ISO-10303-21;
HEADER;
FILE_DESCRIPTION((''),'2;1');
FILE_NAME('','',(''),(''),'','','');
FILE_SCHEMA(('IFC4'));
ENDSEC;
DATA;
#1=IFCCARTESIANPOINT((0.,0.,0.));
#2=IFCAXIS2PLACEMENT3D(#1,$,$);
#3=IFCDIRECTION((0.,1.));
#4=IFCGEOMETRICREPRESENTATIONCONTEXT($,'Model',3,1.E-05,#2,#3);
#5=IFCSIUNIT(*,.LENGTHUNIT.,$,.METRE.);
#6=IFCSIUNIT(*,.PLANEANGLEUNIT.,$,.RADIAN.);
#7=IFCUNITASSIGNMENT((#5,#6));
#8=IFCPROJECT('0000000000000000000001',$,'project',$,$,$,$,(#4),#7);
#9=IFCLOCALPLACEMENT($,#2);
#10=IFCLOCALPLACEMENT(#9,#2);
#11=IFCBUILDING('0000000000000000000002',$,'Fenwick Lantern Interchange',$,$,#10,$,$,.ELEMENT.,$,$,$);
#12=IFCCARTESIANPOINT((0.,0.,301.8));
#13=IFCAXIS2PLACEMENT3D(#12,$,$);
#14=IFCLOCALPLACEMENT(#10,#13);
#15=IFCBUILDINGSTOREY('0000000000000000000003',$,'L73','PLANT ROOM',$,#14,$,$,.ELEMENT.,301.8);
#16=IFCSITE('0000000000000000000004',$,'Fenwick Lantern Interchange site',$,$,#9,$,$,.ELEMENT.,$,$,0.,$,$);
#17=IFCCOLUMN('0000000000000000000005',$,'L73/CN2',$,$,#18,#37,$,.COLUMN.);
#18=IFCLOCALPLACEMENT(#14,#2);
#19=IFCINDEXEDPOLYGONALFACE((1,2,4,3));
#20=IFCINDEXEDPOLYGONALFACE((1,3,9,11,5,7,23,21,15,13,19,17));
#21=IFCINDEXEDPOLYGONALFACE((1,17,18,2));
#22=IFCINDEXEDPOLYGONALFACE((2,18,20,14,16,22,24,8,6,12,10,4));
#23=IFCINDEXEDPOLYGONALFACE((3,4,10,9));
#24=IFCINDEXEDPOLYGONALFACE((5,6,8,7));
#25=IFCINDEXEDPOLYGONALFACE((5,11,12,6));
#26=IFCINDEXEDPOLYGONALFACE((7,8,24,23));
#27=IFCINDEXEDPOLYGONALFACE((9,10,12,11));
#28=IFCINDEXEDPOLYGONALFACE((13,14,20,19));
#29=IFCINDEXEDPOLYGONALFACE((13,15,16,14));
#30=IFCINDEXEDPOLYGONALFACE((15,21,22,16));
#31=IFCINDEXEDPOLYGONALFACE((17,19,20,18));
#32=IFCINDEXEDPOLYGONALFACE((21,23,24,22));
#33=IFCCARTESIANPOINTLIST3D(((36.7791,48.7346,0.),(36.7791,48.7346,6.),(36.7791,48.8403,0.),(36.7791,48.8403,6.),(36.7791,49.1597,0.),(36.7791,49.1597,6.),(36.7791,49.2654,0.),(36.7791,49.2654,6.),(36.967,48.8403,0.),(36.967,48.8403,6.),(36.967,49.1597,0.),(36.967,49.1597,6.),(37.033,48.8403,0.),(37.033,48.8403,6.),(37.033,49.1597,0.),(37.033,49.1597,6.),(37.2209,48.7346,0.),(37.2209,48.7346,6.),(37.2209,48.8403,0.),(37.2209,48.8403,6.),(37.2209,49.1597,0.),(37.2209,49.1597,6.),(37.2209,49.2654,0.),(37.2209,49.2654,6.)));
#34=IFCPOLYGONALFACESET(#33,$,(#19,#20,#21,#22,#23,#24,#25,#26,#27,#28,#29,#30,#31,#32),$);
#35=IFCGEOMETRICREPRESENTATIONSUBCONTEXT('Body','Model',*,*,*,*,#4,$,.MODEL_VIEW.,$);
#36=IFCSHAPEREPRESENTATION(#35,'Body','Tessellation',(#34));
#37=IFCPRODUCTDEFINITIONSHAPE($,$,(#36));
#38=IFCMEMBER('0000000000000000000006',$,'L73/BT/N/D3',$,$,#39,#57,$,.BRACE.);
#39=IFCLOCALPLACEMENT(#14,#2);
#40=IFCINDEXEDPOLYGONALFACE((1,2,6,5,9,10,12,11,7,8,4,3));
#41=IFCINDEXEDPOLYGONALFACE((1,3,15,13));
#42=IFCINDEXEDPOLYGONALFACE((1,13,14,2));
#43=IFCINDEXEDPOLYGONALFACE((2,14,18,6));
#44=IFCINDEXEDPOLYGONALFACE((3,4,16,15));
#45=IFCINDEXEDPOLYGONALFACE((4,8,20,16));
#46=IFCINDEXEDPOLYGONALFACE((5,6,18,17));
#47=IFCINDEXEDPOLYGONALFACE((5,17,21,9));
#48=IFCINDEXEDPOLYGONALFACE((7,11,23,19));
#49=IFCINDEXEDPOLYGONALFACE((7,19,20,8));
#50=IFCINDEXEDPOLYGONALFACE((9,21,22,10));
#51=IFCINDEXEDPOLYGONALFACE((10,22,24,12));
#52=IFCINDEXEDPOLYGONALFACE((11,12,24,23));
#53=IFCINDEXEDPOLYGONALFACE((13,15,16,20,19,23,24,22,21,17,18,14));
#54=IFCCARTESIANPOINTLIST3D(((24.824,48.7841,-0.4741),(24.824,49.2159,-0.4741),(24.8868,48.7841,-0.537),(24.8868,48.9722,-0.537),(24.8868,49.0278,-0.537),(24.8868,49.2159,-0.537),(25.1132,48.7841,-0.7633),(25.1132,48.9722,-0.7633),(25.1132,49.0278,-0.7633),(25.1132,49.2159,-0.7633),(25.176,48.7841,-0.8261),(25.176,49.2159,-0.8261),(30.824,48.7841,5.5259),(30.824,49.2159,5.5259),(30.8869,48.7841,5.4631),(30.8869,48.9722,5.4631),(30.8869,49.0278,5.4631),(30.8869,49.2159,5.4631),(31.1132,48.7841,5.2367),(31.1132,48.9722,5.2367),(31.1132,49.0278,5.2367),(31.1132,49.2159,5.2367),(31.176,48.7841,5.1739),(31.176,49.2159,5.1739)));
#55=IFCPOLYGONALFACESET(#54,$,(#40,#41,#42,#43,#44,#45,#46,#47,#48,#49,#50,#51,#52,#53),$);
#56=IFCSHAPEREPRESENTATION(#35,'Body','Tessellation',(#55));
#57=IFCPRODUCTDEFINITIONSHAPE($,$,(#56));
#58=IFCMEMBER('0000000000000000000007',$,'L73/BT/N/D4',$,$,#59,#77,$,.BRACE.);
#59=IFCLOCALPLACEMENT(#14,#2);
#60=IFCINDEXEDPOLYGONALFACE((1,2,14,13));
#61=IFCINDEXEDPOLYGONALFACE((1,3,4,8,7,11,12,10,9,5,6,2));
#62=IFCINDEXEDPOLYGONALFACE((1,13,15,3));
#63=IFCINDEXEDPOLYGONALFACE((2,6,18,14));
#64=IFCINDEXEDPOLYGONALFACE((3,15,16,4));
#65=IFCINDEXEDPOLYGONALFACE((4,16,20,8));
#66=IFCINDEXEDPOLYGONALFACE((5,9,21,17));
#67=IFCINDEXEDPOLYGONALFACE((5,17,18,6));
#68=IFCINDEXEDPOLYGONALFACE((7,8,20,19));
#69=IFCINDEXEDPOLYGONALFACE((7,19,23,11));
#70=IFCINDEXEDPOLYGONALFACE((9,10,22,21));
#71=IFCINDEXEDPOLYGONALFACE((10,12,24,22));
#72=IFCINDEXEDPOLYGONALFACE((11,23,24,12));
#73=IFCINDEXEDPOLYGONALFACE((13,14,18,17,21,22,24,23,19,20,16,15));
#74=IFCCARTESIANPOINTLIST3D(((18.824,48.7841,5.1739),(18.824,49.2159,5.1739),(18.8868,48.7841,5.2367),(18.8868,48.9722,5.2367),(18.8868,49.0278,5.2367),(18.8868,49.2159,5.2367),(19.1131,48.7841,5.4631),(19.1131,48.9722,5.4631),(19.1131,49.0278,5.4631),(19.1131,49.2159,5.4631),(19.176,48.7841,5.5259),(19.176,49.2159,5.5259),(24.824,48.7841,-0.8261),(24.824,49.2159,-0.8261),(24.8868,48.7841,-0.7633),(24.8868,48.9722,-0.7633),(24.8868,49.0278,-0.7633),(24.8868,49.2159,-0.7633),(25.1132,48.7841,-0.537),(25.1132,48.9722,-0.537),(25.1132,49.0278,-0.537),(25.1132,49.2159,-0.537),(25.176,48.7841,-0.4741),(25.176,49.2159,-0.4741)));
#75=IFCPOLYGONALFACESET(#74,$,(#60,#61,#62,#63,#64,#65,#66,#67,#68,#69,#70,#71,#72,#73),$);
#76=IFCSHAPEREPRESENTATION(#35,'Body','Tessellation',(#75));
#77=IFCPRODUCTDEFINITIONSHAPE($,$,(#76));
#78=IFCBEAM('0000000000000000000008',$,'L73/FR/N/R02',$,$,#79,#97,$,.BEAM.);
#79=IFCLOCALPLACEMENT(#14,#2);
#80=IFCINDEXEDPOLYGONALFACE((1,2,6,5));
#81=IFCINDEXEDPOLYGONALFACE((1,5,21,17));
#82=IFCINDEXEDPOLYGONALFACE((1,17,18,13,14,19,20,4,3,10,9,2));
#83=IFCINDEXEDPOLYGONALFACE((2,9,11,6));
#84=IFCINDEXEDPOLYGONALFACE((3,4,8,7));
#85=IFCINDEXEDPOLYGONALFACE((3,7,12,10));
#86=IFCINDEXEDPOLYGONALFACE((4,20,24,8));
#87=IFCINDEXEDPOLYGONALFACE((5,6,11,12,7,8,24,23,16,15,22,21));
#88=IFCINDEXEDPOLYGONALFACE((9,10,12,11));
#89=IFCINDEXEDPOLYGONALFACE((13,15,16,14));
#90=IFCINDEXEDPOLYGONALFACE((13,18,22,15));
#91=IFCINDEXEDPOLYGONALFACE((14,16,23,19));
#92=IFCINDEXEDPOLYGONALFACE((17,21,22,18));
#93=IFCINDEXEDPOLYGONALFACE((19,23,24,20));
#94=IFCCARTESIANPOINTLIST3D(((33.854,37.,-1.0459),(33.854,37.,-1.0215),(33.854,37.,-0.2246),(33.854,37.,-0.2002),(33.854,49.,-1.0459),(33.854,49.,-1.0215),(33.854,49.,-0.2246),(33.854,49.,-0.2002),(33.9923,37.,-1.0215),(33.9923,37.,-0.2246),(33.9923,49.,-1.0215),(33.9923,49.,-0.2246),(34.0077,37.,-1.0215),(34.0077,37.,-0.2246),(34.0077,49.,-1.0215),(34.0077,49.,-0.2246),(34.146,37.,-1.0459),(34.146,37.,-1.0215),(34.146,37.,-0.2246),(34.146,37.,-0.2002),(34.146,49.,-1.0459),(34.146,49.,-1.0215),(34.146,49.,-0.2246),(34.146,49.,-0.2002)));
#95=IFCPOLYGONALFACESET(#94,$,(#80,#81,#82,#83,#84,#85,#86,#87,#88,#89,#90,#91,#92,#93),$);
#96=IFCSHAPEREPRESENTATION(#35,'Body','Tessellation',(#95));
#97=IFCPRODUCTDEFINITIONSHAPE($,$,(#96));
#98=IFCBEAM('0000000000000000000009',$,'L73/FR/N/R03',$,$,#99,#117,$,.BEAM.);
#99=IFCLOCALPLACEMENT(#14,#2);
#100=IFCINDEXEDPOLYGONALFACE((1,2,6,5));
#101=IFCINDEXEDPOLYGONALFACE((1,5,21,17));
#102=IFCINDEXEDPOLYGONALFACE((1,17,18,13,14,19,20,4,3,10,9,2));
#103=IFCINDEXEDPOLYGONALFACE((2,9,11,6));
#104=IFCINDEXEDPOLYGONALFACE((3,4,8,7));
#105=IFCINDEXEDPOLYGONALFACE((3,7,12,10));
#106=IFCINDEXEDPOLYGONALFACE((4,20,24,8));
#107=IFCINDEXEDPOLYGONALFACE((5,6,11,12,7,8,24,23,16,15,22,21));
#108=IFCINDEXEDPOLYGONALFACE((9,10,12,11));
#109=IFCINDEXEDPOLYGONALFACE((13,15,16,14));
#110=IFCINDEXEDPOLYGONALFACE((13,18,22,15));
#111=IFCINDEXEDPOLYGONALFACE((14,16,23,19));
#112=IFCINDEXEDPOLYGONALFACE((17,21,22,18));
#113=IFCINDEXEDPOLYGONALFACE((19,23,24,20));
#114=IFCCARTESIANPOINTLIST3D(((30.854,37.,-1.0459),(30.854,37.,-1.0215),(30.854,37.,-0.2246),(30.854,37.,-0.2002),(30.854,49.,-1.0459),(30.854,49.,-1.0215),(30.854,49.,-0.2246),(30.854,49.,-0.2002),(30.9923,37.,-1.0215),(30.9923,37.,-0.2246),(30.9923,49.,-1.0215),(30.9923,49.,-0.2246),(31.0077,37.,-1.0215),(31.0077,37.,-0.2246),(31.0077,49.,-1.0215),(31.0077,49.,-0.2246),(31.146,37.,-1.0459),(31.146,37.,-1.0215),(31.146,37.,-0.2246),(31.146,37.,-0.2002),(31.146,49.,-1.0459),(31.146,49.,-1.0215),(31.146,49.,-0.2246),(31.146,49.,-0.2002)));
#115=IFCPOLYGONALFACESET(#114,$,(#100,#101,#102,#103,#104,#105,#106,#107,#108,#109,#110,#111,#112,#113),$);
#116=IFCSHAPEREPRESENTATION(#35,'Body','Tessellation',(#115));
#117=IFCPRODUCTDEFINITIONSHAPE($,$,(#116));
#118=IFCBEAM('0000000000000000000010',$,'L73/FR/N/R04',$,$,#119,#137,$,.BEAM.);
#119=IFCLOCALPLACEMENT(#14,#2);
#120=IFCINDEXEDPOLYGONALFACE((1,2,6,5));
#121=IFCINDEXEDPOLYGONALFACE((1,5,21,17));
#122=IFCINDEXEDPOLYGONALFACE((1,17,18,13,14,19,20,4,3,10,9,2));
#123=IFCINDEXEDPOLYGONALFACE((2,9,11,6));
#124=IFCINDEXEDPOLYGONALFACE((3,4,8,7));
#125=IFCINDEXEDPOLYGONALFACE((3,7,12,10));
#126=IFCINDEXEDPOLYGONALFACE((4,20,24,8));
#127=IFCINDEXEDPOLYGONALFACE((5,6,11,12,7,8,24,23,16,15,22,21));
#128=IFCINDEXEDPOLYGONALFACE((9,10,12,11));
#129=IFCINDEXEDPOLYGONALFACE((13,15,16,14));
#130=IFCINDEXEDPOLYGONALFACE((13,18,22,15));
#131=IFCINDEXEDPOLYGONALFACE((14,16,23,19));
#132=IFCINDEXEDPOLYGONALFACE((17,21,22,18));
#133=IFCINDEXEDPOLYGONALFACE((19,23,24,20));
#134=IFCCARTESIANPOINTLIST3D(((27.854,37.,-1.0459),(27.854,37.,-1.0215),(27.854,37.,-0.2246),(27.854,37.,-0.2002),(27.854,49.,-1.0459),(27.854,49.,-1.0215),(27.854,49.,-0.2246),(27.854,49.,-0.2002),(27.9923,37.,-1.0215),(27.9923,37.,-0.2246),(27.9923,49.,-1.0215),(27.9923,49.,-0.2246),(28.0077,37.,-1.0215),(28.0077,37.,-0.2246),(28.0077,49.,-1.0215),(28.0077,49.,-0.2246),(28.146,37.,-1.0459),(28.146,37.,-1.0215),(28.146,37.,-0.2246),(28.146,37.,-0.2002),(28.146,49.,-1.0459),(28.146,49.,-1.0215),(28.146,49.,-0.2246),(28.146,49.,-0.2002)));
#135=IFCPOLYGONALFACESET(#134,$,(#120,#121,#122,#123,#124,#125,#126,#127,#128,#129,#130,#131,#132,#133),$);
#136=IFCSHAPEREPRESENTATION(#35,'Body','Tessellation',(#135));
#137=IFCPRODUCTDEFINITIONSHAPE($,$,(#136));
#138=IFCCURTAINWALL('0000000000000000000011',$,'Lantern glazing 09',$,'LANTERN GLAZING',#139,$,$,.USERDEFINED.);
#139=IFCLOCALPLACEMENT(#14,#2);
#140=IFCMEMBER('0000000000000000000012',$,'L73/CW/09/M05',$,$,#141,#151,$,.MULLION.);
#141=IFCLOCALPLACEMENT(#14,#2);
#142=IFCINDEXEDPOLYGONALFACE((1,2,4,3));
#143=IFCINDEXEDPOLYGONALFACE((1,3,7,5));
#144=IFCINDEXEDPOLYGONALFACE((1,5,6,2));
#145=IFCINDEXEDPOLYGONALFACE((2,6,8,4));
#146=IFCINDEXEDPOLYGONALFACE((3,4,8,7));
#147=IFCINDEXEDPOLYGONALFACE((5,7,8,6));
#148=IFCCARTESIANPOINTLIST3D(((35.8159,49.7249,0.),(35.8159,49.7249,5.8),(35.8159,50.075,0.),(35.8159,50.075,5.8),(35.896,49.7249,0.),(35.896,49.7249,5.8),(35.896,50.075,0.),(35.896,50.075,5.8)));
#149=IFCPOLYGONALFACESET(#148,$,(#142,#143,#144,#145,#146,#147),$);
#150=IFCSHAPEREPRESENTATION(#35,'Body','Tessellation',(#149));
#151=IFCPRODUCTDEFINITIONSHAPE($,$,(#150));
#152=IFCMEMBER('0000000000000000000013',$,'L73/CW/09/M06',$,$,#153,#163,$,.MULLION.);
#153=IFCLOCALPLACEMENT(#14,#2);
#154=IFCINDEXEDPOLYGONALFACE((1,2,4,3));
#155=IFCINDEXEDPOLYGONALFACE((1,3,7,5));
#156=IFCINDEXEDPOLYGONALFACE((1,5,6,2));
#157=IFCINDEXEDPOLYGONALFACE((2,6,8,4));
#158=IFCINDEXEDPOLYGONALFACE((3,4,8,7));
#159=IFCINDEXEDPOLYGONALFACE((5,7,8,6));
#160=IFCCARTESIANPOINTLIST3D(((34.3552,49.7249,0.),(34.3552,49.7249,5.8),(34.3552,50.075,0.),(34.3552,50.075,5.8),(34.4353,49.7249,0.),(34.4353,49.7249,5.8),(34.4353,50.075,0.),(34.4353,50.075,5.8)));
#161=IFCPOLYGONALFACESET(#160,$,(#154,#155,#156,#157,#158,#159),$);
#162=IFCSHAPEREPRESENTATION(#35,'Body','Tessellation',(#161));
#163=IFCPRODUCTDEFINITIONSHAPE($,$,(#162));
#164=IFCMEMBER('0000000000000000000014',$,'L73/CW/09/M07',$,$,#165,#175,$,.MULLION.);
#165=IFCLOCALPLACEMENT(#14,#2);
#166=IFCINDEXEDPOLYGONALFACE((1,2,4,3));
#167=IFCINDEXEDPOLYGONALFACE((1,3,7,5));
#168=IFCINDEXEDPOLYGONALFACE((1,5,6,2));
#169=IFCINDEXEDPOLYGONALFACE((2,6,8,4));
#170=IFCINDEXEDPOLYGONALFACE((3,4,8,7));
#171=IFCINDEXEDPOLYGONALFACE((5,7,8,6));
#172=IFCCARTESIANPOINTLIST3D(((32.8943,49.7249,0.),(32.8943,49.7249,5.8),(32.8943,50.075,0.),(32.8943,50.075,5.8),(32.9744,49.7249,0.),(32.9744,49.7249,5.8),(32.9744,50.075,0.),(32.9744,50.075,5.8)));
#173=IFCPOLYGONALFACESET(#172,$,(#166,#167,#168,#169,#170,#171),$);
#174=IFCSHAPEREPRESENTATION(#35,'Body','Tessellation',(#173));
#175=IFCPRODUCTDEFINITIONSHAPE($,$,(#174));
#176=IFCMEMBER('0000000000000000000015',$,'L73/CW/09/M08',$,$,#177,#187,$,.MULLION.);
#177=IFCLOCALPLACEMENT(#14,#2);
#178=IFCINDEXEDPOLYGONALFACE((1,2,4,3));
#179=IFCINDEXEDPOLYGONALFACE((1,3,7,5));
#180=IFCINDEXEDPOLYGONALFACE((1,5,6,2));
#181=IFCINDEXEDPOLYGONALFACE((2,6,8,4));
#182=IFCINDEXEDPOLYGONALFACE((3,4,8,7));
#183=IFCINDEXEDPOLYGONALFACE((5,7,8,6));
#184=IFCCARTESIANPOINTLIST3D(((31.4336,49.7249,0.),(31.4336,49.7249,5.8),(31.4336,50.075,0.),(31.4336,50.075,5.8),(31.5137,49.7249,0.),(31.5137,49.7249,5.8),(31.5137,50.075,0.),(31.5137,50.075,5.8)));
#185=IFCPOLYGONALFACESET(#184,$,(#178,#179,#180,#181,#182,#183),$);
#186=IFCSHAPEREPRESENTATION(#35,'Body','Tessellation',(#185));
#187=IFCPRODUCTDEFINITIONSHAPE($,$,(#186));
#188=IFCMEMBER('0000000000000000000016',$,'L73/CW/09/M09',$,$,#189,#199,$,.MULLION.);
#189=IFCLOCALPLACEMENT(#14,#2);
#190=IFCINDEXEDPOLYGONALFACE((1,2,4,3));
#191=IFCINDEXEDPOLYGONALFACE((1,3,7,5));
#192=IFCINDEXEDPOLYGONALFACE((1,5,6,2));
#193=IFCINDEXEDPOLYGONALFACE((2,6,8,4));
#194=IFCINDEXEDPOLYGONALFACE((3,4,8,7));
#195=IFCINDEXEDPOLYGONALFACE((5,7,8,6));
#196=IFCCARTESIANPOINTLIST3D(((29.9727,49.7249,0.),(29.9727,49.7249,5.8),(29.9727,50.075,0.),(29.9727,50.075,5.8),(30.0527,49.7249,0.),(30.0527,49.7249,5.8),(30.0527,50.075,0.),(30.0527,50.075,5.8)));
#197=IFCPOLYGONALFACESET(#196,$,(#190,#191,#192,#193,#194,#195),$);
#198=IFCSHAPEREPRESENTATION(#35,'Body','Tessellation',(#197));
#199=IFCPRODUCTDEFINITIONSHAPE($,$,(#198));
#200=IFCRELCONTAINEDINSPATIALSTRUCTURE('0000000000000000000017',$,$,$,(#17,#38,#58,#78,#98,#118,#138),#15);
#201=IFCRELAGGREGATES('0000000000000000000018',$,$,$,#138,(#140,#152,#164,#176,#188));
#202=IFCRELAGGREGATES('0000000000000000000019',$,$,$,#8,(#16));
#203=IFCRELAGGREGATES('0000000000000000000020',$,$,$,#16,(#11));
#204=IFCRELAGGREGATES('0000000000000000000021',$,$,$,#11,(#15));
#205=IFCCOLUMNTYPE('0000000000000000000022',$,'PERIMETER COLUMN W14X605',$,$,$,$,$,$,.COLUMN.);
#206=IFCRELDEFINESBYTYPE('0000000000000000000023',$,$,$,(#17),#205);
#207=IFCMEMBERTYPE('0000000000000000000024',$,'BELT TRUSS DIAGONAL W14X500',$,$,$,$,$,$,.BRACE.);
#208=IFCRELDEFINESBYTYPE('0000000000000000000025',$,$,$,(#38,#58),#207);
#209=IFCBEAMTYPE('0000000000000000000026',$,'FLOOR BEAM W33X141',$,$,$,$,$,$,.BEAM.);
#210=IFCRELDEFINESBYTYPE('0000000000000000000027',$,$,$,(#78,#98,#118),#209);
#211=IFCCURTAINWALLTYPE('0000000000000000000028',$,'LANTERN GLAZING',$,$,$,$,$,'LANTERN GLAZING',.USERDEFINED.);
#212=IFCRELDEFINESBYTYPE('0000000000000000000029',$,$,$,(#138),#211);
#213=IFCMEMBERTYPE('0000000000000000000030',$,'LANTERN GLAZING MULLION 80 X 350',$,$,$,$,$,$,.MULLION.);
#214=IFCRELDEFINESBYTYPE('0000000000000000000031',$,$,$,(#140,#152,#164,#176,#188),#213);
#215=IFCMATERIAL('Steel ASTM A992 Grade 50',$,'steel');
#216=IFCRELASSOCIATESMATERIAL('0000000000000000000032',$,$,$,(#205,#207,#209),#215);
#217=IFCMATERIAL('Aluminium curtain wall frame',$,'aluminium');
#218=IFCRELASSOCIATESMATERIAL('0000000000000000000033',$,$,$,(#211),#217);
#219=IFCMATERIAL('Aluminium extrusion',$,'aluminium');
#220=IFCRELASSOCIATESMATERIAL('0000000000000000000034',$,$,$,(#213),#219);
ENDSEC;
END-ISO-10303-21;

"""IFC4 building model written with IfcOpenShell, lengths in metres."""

from ifc_helpers import new_model, si_unit, direction, frame, origin, origin_2d, place, context, subcontext, project, spatial, rectangle, i_section, extrude, material, material_profile, profile_set, type_object, element, aggregate, save


model = new_model("IFC4")

# Units and contexts
model_context = context("Model", 3, precision=1e-05, world=origin(), true_north=direction((0.0, 1.0)))
body_context = subcontext(model_context, "Body", "Model", "MODEL_VIEW")
ifc_project = project(units=[si_unit("LENGTHUNIT", "METRE"), si_unit("PLANEANGLEUNIT", "RADIAN")], contexts=[model_context])

# Site, building, storey
site_placement = place(None, origin())
site = spatial("IfcSite", under=ifc_project, at=site_placement, Name="Fenwick Lantern Interchange site", CompositionType="ELEMENT", RefElevation=0.0)
building_placement = place(site_placement, origin())
building = spatial("IfcBuilding", under=site, at=building_placement, Name="Fenwick Lantern Interchange", CompositionType="ELEMENT")
storey_placement = place(building_placement, frame((0.0, 0.0, 301.8)))
storey = spatial("IfcBuildingStorey", under=building, at=storey_placement, Name="L73", Description="PLANT ROOM", CompositionType="ELEMENT", Elevation=301.8)

# Column
ifc_material_1 = material(Name="Steel ASTM A992 Grade 50", Category="steel")
ifc_material_profile_1 = material_profile(ifc_material_1, i_section(OverallWidth=0.4419, OverallDepth=0.5308, WebThickness=0.0659, FlangeThickness=0.1057, at=origin_2d()), Name="W14X605")
ifc_profile_set_1 = profile_set([ifc_material_profile_1], Name="Steel ASTM A992 Grade 50")
column_type = type_object("IfcColumnType", Name="PERIMETER COLUMN W14X605", PredefinedType="COLUMN", material=ifc_profile_set_1)
column_placement = place(storey_placement, frame((37.0, 49.0, 0.0), z_axis=(0.0, 0.0, 1.0), x_axis=(1.0, 0.0, 0.0)))
element("IfcColumn", 1, at=column_placement, inside=storey, type_object=column_type, Name="L73/CN2", PredefinedType="COLUMN", context=body_context, shape_type="SweptSolid", body=[
    extrude(i_section(OverallWidth=0.4419, OverallDepth=0.5308, WebThickness=0.0659, FlangeThickness=0.1057, at=origin_2d()), origin(), (0.0, 0.0, 1.0), 6.0),
])

# Members
ifc_material_profile_2 = material_profile(ifc_material_1, i_section(OverallWidth=0.4319, OverallDepth=0.4978, WebThickness=0.0557, FlangeThickness=0.0889, at=origin_2d()), Name="W14X500")
ifc_profile_set_2 = profile_set([ifc_material_profile_2], Name="Steel ASTM A992 Grade 50")
member_type_1 = type_object("IfcMemberType", Name="BELT TRUSS DIAGONAL W14X500", PredefinedType="BRACE", material=ifc_profile_set_2)
for number, where, z_axis, x_axis, name in (
    (2, (25.0, 49.0, -0.6501), (0.707107, 0.0, 0.707107), (0.0, 1.0, 0.0), "L73/BT/N/D3"),
    (3, (25.0, 49.0, -0.6501), (-0.707107, 0.0, 0.707107), (0.0, -1.0, 0.0), "L73/BT/N/D4"),
):
    element("IfcMember", number, at=place(storey_placement, frame(where, z_axis=z_axis, x_axis=x_axis)), inside=storey, type_object=member_type_1, Name=name, PredefinedType="BRACE", context=body_context, shape_type="SweptSolid", body=[
        extrude(i_section(OverallWidth=0.4319, OverallDepth=0.4978, WebThickness=0.0557, FlangeThickness=0.0889, at=origin_2d()), origin(), (0.0, 0.0, 1.0), 8.4854),
    ])

# Beams
ifc_material_profile_3 = material_profile(ifc_material_1, i_section(OverallWidth=0.292, OverallDepth=0.8457, WebThickness=0.0154, FlangeThickness=0.0244, at=origin_2d()), Name="W33X141")
ifc_profile_set_3 = profile_set([ifc_material_profile_3], Name="Steel ASTM A992 Grade 50")
beam_type_1 = type_object("IfcBeamType", Name="FLOOR BEAM W33X141", PredefinedType="BEAM", material=ifc_profile_set_3)
for number, where, z_axis, x_axis, name in (
    (4, (34.0, 49.0, -0.623), (0.0, -1.0, 0.0), (1.0, 0.0, 0.0), "L73/FR/N/R02"),
    (5, (31.0, 49.0, -0.623), (0.0, -1.0, 0.0), (1.0, 0.0, 0.0), "L73/FR/N/R03"),
    (6, (28.0, 49.0, -0.623), (0.0, -1.0, 0.0), (1.0, 0.0, 0.0), "L73/FR/N/R04"),
):
    element("IfcBeam", number, at=place(storey_placement, frame(where, z_axis=z_axis, x_axis=x_axis)), inside=storey, type_object=beam_type_1, Name=name, PredefinedType="BEAM", context=body_context, shape_type="SweptSolid", body=[
        extrude(i_section(OverallWidth=0.292, OverallDepth=0.8457, WebThickness=0.0154, FlangeThickness=0.0244, at=origin_2d()), origin(), (0.0, 0.0, 1.0), 12.0),
    ])

# Curtain wall, members
ifc_material_2 = material(Name="Aluminium curtain wall frame", Category="aluminium")
curtain_wall_type = type_object("IfcCurtainWallType", Name="LANTERN GLAZING", ElementType="LANTERN GLAZING", PredefinedType="USERDEFINED", material=ifc_material_2)
curtain_wall_placement = place(storey_placement, origin())
curtain_wall = element("IfcCurtainWall", 7, at=curtain_wall_placement, inside=storey, type_object=curtain_wall_type, Name="Lantern glazing 09", ObjectType="LANTERN GLAZING", PredefinedType="USERDEFINED")
ifc_material_3 = material(Name="Aluminium extrusion", Category="aluminium")
ifc_material_profile_4 = material_profile(ifc_material_3, rectangle(XDim=0.3501, YDim=0.0801, at=origin_2d()), Name="LANTERN GLAZING MULLION 80 X 350")
ifc_profile_set_4 = profile_set([ifc_material_profile_4], Name="Aluminium extrusion")
member_type_2 = type_object("IfcMemberType", Name="LANTERN GLAZING MULLION 80 X 350", PredefinedType="MULLION", material=ifc_profile_set_4)
member_1_placement = place(storey_placement, frame((35.856, 49.8999, 0.0), z_axis=(0.0, 0.0, 1.0), x_axis=(0.0, -1.0, 0.0)))
member_1 = element("IfcMember", 8, at=member_1_placement, type_object=member_type_2, Name="L73/CW/09/M05", PredefinedType="MULLION", context=body_context, shape_type="SweptSolid", body=[
    extrude(rectangle(XDim=0.3501, YDim=0.0801, at=origin_2d()), origin(), (0.0, 0.0, 1.0), 5.8),
])
member_2_placement = place(storey_placement, frame((34.3953, 49.8999, 0.0), z_axis=(0.0, 0.0, 1.0), x_axis=(0.0, -1.0, 0.0)))
member_2 = element("IfcMember", 9, at=member_2_placement, type_object=member_type_2, Name="L73/CW/09/M06", PredefinedType="MULLION", context=body_context, shape_type="SweptSolid", body=[
    extrude(rectangle(XDim=0.3501, YDim=0.0801, at=origin_2d()), origin(), (0.0, 0.0, 1.0), 5.8),
])
member_3_placement = place(storey_placement, frame((32.9343, 49.8999, 0.0), z_axis=(0.0, 0.0, 1.0), x_axis=(0.0, -1.0, 0.0)))
member_3 = element("IfcMember", 10, at=member_3_placement, type_object=member_type_2, Name="L73/CW/09/M07", PredefinedType="MULLION", context=body_context, shape_type="SweptSolid", body=[
    extrude(rectangle(XDim=0.3501, YDim=0.0801, at=origin_2d()), origin(), (0.0, 0.0, 1.0), 5.8),
])
member_4_placement = place(storey_placement, frame((31.4736, 49.8999, 0.0), z_axis=(0.0, 0.0, 1.0), x_axis=(0.0, -1.0, 0.0)))
member_4 = element("IfcMember", 11, at=member_4_placement, type_object=member_type_2, Name="L73/CW/09/M08", PredefinedType="MULLION", context=body_context, shape_type="SweptSolid", body=[
    extrude(rectangle(XDim=0.3501, YDim=0.0801, at=origin_2d()), origin(), (0.0, 0.0, 1.0), 5.8),
])
member_5_placement = place(storey_placement, frame((30.0127, 49.8999, 0.0), z_axis=(0.0, 0.0, 1.0), x_axis=(0.0, -1.0, 0.0)))
member_5 = element("IfcMember", 12, at=member_5_placement, type_object=member_type_2, Name="L73/CW/09/M09", PredefinedType="MULLION", context=body_context, shape_type="SweptSolid", body=[
    extrude(rectangle(XDim=0.3501, YDim=0.0801, at=origin_2d()), origin(), (0.0, 0.0, 1.0), 5.8),
])
aggregate(curtain_wall, [member_1, member_2, member_3, member_4, member_5])

save(model, "model.ifc")
